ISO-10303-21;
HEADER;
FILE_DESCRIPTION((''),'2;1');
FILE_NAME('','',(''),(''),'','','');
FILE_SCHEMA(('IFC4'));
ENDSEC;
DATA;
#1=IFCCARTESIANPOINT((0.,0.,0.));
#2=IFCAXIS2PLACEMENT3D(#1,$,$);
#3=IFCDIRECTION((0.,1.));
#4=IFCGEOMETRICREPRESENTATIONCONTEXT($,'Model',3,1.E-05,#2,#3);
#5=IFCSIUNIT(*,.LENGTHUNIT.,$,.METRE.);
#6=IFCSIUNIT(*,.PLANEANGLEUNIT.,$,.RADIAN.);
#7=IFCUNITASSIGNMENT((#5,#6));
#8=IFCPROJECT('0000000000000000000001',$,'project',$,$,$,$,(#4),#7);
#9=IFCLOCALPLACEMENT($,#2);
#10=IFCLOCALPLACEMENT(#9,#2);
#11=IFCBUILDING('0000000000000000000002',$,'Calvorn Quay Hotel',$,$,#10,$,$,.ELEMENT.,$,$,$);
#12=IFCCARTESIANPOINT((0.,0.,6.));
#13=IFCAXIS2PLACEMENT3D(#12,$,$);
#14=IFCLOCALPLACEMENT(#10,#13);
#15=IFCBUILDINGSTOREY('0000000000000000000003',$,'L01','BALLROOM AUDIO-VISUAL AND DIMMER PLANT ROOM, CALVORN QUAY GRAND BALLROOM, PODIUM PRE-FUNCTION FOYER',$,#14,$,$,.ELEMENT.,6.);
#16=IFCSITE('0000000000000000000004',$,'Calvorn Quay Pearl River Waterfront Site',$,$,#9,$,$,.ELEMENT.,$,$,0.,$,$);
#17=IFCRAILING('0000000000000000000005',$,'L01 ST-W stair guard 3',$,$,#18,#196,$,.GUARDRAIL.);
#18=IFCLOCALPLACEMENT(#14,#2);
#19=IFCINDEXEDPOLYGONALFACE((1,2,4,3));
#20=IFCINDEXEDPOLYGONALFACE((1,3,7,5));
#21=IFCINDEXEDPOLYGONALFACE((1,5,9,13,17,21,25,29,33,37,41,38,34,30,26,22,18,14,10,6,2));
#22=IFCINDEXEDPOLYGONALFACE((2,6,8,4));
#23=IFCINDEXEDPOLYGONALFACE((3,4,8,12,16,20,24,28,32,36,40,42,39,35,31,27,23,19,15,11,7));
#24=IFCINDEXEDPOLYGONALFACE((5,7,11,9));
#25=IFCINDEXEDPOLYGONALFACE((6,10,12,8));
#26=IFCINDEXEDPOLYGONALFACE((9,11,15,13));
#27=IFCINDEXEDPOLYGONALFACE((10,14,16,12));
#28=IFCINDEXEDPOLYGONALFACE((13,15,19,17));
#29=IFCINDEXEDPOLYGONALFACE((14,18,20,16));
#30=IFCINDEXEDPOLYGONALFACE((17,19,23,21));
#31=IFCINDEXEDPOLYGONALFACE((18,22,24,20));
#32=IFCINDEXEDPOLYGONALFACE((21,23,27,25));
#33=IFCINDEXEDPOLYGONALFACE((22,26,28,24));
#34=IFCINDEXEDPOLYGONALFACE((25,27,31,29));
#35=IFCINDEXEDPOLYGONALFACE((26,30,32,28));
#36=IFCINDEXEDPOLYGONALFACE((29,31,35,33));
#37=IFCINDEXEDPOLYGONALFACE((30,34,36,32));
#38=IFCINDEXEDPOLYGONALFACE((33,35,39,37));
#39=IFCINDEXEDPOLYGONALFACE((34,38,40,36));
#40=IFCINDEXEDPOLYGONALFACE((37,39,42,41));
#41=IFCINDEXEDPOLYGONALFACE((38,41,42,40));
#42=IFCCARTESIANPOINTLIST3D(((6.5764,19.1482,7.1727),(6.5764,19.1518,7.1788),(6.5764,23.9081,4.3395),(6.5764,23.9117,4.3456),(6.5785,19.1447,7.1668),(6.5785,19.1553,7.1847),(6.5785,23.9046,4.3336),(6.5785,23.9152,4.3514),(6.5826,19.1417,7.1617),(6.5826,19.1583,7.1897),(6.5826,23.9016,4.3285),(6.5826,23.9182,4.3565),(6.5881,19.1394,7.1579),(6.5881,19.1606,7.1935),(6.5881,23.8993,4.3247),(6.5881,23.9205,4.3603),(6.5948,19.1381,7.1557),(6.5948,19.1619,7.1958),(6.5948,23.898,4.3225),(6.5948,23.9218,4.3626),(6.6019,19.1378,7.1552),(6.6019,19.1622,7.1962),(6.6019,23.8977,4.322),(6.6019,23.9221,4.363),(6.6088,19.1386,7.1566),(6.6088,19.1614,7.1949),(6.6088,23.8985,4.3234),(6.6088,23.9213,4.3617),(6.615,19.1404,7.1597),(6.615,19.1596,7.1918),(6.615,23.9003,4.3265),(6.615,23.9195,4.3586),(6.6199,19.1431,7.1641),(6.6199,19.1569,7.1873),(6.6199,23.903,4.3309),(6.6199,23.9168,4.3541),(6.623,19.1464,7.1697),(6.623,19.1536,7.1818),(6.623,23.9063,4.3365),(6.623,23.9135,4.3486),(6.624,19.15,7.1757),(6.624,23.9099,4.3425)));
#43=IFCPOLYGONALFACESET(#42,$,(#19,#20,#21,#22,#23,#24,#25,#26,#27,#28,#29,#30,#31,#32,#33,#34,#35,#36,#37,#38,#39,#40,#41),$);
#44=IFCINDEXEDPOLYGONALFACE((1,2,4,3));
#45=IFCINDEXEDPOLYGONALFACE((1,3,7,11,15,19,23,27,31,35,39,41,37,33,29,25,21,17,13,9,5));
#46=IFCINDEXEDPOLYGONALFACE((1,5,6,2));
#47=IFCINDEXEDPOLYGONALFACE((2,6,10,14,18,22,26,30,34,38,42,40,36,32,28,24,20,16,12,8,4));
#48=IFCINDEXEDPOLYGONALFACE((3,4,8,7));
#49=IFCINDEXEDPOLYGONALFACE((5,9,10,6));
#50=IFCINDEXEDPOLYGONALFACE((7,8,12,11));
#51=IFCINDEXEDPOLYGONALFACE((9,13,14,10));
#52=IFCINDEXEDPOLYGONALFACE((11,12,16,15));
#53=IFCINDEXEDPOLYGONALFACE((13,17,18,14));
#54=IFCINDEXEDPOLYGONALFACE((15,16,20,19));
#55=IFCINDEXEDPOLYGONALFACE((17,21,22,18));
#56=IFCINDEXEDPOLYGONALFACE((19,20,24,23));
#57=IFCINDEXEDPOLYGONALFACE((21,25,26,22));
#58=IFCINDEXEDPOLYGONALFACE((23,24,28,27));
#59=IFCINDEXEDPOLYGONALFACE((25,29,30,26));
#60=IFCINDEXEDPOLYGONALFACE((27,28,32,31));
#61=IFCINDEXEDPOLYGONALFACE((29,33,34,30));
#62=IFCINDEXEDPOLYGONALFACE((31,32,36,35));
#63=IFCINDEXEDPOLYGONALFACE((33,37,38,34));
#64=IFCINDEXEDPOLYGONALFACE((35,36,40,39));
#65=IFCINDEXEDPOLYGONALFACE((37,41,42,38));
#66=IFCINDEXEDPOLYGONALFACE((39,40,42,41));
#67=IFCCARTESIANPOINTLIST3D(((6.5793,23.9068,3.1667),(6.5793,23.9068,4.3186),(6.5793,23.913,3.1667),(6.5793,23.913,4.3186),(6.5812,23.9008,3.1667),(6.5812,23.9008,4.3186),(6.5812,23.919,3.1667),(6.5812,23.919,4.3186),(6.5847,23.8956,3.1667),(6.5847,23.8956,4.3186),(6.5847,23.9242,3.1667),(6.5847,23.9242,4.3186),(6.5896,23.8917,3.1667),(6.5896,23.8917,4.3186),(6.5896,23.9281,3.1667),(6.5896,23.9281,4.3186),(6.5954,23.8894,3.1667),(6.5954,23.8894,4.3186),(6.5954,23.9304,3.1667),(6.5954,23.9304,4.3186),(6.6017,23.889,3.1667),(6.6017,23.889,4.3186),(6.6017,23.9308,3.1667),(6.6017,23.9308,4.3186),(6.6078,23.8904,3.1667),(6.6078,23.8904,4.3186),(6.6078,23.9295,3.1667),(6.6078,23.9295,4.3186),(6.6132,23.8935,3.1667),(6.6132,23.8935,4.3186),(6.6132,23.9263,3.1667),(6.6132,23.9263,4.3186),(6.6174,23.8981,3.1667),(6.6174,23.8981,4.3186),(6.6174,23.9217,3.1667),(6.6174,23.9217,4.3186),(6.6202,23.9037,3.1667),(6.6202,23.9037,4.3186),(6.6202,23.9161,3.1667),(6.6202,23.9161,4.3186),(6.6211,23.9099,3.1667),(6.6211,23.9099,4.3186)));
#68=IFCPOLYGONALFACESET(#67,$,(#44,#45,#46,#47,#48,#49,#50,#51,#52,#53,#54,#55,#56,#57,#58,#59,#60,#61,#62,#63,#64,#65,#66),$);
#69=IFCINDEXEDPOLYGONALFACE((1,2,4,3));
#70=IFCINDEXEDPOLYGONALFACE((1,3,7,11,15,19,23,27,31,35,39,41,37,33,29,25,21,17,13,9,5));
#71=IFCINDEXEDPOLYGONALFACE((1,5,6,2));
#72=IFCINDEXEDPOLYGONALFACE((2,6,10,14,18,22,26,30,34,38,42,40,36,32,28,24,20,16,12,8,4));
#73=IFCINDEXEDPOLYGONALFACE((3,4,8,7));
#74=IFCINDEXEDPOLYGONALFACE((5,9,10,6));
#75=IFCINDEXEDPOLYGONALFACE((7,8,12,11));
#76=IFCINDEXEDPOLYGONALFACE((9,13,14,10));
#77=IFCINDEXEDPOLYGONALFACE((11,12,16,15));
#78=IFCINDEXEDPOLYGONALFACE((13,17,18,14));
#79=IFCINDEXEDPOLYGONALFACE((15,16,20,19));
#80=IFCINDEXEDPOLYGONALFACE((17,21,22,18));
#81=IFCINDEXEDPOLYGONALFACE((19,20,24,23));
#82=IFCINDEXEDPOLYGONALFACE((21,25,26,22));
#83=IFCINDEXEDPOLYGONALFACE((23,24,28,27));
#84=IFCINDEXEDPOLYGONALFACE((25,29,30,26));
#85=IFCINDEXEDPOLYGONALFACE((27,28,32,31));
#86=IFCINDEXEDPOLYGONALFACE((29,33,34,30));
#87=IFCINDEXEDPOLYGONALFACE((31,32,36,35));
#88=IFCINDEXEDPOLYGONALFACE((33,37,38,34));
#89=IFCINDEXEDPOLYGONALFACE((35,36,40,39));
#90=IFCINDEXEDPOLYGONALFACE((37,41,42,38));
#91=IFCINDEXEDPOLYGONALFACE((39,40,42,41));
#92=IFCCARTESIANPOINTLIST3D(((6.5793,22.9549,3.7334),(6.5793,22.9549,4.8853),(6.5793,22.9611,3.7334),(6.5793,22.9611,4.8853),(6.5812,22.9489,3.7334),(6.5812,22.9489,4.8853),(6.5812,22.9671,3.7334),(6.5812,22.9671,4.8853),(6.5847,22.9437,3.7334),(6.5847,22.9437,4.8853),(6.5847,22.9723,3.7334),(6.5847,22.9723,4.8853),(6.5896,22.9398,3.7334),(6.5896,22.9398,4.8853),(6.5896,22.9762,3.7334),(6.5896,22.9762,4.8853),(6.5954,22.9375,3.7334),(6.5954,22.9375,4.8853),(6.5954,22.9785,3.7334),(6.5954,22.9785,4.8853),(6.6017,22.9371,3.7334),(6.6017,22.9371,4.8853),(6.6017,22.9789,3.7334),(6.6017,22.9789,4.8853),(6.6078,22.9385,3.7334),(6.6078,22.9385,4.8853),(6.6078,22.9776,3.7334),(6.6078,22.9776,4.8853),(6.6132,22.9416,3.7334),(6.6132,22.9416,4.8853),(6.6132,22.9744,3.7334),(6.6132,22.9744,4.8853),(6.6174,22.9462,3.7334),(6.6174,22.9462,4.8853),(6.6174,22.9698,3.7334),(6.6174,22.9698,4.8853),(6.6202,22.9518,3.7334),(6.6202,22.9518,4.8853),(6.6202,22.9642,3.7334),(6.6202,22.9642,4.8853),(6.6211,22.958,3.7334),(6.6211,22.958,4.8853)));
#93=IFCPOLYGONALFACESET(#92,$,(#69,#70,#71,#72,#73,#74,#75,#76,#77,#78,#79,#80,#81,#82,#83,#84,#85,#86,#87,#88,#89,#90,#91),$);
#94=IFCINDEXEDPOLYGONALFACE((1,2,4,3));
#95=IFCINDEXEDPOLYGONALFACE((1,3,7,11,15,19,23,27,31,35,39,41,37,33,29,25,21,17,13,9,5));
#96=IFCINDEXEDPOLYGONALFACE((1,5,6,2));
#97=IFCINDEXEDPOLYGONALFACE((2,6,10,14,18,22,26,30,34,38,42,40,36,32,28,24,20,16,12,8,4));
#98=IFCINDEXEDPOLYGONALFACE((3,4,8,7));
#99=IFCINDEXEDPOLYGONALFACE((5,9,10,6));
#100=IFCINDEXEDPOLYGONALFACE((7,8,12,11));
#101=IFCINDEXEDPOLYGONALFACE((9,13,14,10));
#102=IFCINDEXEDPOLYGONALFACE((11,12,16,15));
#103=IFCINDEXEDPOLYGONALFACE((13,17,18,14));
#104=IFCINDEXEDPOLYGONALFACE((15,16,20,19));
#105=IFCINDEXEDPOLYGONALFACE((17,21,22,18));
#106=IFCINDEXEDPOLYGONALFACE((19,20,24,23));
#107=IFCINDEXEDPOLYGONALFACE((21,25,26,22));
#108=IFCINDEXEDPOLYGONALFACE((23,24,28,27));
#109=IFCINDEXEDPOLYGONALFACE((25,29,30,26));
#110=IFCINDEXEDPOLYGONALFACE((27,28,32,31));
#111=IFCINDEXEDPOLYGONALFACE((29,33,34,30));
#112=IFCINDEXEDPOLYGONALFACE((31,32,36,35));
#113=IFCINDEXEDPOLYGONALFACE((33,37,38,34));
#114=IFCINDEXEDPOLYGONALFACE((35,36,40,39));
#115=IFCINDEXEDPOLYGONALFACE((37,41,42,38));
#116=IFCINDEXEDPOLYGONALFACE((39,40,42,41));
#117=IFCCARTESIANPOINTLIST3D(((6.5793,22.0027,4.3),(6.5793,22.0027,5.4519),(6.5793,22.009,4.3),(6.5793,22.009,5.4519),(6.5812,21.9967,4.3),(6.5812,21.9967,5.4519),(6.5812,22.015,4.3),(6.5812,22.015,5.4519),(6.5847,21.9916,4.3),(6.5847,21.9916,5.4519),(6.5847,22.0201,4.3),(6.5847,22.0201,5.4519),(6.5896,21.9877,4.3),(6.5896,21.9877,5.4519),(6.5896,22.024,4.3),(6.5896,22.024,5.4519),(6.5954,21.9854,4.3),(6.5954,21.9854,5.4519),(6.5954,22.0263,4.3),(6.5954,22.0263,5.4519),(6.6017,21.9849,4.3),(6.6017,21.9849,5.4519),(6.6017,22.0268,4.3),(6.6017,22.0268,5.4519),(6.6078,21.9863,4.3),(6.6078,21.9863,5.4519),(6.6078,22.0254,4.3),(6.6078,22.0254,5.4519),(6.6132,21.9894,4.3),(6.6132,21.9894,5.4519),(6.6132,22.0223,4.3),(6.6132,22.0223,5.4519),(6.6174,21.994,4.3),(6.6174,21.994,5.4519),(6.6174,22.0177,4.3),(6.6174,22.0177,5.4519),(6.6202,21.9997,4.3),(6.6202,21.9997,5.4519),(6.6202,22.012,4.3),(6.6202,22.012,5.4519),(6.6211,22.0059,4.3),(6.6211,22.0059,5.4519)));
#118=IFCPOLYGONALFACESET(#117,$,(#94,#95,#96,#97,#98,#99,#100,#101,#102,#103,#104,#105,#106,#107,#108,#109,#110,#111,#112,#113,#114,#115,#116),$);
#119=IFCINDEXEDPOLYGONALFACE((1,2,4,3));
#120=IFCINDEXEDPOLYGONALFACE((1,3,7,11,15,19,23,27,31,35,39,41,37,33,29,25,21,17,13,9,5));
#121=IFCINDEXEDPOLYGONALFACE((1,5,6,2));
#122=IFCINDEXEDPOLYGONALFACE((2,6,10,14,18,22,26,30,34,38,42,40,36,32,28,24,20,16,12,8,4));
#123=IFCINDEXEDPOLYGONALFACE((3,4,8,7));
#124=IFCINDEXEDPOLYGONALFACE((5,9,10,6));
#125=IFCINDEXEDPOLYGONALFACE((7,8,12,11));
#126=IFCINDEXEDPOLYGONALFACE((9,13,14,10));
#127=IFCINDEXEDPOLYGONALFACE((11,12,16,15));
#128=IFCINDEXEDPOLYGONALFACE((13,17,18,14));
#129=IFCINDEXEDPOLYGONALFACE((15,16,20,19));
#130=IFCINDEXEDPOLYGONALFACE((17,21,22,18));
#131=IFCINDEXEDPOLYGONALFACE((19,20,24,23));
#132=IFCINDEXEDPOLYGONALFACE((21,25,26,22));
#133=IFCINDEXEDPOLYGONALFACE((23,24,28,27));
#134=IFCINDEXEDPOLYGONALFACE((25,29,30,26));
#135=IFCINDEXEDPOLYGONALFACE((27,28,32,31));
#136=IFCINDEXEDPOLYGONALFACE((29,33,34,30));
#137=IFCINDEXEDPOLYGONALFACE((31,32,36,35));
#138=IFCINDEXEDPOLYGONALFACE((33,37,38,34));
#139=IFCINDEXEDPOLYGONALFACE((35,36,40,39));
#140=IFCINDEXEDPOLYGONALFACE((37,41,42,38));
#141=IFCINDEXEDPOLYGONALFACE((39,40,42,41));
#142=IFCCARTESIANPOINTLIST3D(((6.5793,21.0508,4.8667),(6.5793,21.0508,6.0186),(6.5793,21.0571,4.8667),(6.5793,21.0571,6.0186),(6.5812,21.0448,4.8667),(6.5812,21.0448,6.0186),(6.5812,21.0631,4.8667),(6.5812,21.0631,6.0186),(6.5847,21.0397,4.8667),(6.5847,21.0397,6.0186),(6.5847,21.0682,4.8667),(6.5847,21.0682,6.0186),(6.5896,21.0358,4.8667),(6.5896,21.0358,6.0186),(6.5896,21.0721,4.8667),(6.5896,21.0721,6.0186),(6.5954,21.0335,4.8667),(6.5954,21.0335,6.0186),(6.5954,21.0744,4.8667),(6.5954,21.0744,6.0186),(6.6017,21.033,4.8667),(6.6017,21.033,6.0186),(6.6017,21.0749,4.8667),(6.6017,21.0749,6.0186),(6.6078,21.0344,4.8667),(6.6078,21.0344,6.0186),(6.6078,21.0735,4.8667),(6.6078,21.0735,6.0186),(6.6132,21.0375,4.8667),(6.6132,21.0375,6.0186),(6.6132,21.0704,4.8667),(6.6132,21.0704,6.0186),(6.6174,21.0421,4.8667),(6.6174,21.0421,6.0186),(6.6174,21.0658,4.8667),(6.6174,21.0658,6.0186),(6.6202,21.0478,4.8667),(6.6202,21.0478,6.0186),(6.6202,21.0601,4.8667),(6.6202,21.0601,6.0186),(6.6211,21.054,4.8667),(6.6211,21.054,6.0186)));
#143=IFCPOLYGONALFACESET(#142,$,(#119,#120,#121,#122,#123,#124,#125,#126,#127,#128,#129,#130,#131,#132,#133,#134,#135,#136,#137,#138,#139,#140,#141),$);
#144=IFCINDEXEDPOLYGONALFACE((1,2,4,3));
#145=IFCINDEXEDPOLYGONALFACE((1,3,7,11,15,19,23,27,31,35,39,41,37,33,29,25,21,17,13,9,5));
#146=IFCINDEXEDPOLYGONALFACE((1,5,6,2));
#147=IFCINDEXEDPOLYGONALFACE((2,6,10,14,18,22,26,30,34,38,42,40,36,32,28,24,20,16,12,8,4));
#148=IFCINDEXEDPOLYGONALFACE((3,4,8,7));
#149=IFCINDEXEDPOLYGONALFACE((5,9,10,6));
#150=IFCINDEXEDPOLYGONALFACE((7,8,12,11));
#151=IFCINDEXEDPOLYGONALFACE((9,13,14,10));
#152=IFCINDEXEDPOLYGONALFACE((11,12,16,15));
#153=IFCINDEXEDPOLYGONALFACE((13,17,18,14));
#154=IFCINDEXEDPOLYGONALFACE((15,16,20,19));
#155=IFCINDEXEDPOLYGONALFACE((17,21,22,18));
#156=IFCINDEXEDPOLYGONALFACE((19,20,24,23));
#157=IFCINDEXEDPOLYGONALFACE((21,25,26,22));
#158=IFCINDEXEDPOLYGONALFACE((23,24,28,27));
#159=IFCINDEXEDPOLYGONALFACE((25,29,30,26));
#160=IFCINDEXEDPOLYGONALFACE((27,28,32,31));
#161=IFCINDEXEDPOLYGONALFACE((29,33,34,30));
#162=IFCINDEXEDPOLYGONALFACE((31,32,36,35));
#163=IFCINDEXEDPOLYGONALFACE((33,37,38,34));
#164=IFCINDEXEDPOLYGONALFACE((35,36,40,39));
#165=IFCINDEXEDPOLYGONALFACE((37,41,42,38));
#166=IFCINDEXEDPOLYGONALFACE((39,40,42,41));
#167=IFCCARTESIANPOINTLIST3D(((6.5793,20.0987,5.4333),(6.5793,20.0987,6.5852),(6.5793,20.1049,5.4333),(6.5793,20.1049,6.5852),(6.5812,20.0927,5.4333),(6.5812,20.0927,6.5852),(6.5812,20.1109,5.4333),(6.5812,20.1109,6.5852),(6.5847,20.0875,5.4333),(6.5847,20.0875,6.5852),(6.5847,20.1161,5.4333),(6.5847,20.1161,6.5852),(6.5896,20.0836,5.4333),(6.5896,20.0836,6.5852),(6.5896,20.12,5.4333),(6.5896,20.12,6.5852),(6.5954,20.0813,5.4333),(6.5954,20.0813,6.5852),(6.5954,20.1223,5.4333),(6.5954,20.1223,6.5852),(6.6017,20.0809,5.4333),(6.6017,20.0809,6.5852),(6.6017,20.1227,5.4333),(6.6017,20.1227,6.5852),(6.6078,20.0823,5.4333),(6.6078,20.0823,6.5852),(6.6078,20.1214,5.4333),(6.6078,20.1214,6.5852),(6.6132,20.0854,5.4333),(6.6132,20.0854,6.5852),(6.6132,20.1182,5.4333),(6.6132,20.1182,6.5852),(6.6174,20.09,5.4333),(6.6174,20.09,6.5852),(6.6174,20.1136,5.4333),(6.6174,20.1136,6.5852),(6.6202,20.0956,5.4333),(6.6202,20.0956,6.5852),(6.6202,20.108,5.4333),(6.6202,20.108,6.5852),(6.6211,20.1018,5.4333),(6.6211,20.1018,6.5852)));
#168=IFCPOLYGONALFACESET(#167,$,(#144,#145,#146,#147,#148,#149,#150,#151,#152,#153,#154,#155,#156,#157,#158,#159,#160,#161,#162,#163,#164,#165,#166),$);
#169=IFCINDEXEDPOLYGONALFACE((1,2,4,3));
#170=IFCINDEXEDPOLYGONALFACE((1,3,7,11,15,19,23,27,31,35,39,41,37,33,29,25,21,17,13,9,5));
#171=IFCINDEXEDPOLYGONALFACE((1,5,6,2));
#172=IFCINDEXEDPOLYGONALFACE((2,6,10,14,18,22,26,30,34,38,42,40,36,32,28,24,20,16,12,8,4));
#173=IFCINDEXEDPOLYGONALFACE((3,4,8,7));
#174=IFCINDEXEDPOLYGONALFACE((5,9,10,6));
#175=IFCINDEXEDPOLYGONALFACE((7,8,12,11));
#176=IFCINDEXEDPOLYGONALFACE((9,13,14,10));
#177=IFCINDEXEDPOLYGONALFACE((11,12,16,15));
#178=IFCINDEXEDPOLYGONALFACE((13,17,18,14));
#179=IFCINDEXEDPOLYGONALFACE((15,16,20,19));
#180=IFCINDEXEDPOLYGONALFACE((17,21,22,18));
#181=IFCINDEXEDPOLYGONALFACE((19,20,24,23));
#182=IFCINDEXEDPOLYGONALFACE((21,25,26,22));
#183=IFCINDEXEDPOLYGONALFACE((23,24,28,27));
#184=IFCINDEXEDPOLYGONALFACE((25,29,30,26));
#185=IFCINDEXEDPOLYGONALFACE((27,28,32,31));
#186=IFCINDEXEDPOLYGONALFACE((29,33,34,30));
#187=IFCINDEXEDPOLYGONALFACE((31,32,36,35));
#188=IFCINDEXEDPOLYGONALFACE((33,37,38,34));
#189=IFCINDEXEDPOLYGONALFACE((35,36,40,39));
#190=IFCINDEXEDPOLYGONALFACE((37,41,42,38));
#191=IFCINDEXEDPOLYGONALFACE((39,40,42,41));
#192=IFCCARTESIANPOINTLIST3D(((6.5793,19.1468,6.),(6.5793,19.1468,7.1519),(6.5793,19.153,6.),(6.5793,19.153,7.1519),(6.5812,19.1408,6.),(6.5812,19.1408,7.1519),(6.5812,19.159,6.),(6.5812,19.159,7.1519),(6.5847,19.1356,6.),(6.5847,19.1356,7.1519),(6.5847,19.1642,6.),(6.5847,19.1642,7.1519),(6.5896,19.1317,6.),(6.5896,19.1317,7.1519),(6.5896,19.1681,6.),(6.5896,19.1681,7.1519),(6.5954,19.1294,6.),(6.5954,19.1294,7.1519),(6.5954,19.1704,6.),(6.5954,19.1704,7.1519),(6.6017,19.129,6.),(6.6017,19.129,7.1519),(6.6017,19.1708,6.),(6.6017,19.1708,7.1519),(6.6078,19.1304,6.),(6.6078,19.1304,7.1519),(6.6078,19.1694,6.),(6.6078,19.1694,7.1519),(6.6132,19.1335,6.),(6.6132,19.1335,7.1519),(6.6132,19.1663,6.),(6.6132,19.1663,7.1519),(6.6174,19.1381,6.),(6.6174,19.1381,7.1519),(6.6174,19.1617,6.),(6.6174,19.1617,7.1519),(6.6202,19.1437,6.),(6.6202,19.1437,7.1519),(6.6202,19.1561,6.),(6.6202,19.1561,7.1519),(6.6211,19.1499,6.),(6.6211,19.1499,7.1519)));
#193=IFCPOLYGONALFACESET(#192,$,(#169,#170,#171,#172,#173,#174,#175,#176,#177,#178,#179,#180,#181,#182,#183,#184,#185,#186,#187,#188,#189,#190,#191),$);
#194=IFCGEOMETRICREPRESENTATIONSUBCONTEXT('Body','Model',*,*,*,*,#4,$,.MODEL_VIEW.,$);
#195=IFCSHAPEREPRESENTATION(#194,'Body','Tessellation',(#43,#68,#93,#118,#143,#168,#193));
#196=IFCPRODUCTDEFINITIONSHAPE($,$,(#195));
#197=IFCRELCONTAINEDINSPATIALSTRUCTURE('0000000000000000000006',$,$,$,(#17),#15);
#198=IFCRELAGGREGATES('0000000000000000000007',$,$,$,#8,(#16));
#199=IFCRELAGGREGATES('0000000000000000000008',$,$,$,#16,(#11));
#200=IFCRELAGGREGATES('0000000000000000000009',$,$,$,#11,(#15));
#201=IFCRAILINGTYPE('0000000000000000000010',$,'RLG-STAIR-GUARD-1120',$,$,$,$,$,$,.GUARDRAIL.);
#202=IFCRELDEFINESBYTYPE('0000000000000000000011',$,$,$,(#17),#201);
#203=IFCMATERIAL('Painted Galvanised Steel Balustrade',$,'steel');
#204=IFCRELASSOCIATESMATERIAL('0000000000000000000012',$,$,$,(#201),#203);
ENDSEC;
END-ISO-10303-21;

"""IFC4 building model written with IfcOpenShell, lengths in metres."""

from ifc_helpers import new_model, si_unit, direction, frame, origin, origin_2d, place, context, subcontext, project, spatial, circle, extrude, material, type_object, element, save


model = new_model("IFC4")

# Units and contexts
model_context = context("Model", 3, precision=1e-05, world=origin(), true_north=direction((0.0, 1.0)))
body_context = subcontext(model_context, "Body", "Model", "MODEL_VIEW")
ifc_project = project(units=[si_unit("LENGTHUNIT", "METRE"), si_unit("PLANEANGLEUNIT", "RADIAN")], contexts=[model_context])

# Site, building, storey
site_placement = place(None, origin())
site = spatial("IfcSite", under=ifc_project, at=site_placement, Name="Calvorn Quay Pearl River Waterfront Site", CompositionType="ELEMENT", RefElevation=0.0)
building_placement = place(site_placement, origin())
building = spatial("IfcBuilding", under=site, at=building_placement, Name="Calvorn Quay Hotel", CompositionType="ELEMENT")
storey_placement = place(building_placement, frame((0.0, 0.0, 6.0)))
storey = spatial("IfcBuildingStorey", under=building, at=storey_placement, Name="L01", Description="BALLROOM AUDIO-VISUAL AND DIMMER PLANT ROOM, CALVORN QUAY GRAND BALLROOM, PODIUM PRE-FUNCTION FOYER", CompositionType="ELEMENT", Elevation=6.0)

# Railing
ifc_material_1 = material(Name="Painted Galvanised Steel Balustrade", Category="steel")
railing_type_1 = type_object("IfcRailingType", Name="RLG-STAIR-GUARD-1120", PredefinedType="GUARDRAIL", material=ifc_material_1)
railing_1_placement = place(storey_placement, frame((6.6001, 23.9099, 3.1667)))
element("IfcRailing", 1, at=railing_1_placement, inside=storey, type_object=railing_type_1, Name="L01 ST-W stair guard 3", PredefinedType="GUARDRAIL", context=body_context, shape_type="SweptSolid", body=[
    extrude(circle(Radius=0.0239, at=origin_2d()), frame((0.0, 0.0, 1.1758), z_axis=(0.0, -0.8593, 0.511472), x_axis=(1.0, 0.0, 0.0)), (0.0, 0.0, 1.0), 5.5393),
    extrude(circle(Radius=0.021, at=origin_2d()), origin(), (0.0, 0.0, 1.0), 1.1519),
    extrude(circle(Radius=0.021, at=origin_2d()), frame((0.0, -0.9519, 0.5667)), (0.0, 0.0, 1.0), 1.1519),
    extrude(circle(Radius=0.021, at=origin_2d()), frame((0.0, -1.9041, 1.1333)), (0.0, 0.0, 1.0), 1.1519),
    extrude(circle(Radius=0.021, at=origin_2d()), frame((0.0, -2.856, 1.7)), (0.0, 0.0, 1.0), 1.1519),
    extrude(circle(Radius=0.021, at=origin_2d()), frame((0.0, -3.8081, 2.2666)), (0.0, 0.0, 1.0), 1.1519),
    extrude(circle(Radius=0.021, at=origin_2d()), frame((0.0, -4.76, 2.8333)), (0.0, 0.0, 1.0), 1.1519),
])

save(model, "model.ifc")
